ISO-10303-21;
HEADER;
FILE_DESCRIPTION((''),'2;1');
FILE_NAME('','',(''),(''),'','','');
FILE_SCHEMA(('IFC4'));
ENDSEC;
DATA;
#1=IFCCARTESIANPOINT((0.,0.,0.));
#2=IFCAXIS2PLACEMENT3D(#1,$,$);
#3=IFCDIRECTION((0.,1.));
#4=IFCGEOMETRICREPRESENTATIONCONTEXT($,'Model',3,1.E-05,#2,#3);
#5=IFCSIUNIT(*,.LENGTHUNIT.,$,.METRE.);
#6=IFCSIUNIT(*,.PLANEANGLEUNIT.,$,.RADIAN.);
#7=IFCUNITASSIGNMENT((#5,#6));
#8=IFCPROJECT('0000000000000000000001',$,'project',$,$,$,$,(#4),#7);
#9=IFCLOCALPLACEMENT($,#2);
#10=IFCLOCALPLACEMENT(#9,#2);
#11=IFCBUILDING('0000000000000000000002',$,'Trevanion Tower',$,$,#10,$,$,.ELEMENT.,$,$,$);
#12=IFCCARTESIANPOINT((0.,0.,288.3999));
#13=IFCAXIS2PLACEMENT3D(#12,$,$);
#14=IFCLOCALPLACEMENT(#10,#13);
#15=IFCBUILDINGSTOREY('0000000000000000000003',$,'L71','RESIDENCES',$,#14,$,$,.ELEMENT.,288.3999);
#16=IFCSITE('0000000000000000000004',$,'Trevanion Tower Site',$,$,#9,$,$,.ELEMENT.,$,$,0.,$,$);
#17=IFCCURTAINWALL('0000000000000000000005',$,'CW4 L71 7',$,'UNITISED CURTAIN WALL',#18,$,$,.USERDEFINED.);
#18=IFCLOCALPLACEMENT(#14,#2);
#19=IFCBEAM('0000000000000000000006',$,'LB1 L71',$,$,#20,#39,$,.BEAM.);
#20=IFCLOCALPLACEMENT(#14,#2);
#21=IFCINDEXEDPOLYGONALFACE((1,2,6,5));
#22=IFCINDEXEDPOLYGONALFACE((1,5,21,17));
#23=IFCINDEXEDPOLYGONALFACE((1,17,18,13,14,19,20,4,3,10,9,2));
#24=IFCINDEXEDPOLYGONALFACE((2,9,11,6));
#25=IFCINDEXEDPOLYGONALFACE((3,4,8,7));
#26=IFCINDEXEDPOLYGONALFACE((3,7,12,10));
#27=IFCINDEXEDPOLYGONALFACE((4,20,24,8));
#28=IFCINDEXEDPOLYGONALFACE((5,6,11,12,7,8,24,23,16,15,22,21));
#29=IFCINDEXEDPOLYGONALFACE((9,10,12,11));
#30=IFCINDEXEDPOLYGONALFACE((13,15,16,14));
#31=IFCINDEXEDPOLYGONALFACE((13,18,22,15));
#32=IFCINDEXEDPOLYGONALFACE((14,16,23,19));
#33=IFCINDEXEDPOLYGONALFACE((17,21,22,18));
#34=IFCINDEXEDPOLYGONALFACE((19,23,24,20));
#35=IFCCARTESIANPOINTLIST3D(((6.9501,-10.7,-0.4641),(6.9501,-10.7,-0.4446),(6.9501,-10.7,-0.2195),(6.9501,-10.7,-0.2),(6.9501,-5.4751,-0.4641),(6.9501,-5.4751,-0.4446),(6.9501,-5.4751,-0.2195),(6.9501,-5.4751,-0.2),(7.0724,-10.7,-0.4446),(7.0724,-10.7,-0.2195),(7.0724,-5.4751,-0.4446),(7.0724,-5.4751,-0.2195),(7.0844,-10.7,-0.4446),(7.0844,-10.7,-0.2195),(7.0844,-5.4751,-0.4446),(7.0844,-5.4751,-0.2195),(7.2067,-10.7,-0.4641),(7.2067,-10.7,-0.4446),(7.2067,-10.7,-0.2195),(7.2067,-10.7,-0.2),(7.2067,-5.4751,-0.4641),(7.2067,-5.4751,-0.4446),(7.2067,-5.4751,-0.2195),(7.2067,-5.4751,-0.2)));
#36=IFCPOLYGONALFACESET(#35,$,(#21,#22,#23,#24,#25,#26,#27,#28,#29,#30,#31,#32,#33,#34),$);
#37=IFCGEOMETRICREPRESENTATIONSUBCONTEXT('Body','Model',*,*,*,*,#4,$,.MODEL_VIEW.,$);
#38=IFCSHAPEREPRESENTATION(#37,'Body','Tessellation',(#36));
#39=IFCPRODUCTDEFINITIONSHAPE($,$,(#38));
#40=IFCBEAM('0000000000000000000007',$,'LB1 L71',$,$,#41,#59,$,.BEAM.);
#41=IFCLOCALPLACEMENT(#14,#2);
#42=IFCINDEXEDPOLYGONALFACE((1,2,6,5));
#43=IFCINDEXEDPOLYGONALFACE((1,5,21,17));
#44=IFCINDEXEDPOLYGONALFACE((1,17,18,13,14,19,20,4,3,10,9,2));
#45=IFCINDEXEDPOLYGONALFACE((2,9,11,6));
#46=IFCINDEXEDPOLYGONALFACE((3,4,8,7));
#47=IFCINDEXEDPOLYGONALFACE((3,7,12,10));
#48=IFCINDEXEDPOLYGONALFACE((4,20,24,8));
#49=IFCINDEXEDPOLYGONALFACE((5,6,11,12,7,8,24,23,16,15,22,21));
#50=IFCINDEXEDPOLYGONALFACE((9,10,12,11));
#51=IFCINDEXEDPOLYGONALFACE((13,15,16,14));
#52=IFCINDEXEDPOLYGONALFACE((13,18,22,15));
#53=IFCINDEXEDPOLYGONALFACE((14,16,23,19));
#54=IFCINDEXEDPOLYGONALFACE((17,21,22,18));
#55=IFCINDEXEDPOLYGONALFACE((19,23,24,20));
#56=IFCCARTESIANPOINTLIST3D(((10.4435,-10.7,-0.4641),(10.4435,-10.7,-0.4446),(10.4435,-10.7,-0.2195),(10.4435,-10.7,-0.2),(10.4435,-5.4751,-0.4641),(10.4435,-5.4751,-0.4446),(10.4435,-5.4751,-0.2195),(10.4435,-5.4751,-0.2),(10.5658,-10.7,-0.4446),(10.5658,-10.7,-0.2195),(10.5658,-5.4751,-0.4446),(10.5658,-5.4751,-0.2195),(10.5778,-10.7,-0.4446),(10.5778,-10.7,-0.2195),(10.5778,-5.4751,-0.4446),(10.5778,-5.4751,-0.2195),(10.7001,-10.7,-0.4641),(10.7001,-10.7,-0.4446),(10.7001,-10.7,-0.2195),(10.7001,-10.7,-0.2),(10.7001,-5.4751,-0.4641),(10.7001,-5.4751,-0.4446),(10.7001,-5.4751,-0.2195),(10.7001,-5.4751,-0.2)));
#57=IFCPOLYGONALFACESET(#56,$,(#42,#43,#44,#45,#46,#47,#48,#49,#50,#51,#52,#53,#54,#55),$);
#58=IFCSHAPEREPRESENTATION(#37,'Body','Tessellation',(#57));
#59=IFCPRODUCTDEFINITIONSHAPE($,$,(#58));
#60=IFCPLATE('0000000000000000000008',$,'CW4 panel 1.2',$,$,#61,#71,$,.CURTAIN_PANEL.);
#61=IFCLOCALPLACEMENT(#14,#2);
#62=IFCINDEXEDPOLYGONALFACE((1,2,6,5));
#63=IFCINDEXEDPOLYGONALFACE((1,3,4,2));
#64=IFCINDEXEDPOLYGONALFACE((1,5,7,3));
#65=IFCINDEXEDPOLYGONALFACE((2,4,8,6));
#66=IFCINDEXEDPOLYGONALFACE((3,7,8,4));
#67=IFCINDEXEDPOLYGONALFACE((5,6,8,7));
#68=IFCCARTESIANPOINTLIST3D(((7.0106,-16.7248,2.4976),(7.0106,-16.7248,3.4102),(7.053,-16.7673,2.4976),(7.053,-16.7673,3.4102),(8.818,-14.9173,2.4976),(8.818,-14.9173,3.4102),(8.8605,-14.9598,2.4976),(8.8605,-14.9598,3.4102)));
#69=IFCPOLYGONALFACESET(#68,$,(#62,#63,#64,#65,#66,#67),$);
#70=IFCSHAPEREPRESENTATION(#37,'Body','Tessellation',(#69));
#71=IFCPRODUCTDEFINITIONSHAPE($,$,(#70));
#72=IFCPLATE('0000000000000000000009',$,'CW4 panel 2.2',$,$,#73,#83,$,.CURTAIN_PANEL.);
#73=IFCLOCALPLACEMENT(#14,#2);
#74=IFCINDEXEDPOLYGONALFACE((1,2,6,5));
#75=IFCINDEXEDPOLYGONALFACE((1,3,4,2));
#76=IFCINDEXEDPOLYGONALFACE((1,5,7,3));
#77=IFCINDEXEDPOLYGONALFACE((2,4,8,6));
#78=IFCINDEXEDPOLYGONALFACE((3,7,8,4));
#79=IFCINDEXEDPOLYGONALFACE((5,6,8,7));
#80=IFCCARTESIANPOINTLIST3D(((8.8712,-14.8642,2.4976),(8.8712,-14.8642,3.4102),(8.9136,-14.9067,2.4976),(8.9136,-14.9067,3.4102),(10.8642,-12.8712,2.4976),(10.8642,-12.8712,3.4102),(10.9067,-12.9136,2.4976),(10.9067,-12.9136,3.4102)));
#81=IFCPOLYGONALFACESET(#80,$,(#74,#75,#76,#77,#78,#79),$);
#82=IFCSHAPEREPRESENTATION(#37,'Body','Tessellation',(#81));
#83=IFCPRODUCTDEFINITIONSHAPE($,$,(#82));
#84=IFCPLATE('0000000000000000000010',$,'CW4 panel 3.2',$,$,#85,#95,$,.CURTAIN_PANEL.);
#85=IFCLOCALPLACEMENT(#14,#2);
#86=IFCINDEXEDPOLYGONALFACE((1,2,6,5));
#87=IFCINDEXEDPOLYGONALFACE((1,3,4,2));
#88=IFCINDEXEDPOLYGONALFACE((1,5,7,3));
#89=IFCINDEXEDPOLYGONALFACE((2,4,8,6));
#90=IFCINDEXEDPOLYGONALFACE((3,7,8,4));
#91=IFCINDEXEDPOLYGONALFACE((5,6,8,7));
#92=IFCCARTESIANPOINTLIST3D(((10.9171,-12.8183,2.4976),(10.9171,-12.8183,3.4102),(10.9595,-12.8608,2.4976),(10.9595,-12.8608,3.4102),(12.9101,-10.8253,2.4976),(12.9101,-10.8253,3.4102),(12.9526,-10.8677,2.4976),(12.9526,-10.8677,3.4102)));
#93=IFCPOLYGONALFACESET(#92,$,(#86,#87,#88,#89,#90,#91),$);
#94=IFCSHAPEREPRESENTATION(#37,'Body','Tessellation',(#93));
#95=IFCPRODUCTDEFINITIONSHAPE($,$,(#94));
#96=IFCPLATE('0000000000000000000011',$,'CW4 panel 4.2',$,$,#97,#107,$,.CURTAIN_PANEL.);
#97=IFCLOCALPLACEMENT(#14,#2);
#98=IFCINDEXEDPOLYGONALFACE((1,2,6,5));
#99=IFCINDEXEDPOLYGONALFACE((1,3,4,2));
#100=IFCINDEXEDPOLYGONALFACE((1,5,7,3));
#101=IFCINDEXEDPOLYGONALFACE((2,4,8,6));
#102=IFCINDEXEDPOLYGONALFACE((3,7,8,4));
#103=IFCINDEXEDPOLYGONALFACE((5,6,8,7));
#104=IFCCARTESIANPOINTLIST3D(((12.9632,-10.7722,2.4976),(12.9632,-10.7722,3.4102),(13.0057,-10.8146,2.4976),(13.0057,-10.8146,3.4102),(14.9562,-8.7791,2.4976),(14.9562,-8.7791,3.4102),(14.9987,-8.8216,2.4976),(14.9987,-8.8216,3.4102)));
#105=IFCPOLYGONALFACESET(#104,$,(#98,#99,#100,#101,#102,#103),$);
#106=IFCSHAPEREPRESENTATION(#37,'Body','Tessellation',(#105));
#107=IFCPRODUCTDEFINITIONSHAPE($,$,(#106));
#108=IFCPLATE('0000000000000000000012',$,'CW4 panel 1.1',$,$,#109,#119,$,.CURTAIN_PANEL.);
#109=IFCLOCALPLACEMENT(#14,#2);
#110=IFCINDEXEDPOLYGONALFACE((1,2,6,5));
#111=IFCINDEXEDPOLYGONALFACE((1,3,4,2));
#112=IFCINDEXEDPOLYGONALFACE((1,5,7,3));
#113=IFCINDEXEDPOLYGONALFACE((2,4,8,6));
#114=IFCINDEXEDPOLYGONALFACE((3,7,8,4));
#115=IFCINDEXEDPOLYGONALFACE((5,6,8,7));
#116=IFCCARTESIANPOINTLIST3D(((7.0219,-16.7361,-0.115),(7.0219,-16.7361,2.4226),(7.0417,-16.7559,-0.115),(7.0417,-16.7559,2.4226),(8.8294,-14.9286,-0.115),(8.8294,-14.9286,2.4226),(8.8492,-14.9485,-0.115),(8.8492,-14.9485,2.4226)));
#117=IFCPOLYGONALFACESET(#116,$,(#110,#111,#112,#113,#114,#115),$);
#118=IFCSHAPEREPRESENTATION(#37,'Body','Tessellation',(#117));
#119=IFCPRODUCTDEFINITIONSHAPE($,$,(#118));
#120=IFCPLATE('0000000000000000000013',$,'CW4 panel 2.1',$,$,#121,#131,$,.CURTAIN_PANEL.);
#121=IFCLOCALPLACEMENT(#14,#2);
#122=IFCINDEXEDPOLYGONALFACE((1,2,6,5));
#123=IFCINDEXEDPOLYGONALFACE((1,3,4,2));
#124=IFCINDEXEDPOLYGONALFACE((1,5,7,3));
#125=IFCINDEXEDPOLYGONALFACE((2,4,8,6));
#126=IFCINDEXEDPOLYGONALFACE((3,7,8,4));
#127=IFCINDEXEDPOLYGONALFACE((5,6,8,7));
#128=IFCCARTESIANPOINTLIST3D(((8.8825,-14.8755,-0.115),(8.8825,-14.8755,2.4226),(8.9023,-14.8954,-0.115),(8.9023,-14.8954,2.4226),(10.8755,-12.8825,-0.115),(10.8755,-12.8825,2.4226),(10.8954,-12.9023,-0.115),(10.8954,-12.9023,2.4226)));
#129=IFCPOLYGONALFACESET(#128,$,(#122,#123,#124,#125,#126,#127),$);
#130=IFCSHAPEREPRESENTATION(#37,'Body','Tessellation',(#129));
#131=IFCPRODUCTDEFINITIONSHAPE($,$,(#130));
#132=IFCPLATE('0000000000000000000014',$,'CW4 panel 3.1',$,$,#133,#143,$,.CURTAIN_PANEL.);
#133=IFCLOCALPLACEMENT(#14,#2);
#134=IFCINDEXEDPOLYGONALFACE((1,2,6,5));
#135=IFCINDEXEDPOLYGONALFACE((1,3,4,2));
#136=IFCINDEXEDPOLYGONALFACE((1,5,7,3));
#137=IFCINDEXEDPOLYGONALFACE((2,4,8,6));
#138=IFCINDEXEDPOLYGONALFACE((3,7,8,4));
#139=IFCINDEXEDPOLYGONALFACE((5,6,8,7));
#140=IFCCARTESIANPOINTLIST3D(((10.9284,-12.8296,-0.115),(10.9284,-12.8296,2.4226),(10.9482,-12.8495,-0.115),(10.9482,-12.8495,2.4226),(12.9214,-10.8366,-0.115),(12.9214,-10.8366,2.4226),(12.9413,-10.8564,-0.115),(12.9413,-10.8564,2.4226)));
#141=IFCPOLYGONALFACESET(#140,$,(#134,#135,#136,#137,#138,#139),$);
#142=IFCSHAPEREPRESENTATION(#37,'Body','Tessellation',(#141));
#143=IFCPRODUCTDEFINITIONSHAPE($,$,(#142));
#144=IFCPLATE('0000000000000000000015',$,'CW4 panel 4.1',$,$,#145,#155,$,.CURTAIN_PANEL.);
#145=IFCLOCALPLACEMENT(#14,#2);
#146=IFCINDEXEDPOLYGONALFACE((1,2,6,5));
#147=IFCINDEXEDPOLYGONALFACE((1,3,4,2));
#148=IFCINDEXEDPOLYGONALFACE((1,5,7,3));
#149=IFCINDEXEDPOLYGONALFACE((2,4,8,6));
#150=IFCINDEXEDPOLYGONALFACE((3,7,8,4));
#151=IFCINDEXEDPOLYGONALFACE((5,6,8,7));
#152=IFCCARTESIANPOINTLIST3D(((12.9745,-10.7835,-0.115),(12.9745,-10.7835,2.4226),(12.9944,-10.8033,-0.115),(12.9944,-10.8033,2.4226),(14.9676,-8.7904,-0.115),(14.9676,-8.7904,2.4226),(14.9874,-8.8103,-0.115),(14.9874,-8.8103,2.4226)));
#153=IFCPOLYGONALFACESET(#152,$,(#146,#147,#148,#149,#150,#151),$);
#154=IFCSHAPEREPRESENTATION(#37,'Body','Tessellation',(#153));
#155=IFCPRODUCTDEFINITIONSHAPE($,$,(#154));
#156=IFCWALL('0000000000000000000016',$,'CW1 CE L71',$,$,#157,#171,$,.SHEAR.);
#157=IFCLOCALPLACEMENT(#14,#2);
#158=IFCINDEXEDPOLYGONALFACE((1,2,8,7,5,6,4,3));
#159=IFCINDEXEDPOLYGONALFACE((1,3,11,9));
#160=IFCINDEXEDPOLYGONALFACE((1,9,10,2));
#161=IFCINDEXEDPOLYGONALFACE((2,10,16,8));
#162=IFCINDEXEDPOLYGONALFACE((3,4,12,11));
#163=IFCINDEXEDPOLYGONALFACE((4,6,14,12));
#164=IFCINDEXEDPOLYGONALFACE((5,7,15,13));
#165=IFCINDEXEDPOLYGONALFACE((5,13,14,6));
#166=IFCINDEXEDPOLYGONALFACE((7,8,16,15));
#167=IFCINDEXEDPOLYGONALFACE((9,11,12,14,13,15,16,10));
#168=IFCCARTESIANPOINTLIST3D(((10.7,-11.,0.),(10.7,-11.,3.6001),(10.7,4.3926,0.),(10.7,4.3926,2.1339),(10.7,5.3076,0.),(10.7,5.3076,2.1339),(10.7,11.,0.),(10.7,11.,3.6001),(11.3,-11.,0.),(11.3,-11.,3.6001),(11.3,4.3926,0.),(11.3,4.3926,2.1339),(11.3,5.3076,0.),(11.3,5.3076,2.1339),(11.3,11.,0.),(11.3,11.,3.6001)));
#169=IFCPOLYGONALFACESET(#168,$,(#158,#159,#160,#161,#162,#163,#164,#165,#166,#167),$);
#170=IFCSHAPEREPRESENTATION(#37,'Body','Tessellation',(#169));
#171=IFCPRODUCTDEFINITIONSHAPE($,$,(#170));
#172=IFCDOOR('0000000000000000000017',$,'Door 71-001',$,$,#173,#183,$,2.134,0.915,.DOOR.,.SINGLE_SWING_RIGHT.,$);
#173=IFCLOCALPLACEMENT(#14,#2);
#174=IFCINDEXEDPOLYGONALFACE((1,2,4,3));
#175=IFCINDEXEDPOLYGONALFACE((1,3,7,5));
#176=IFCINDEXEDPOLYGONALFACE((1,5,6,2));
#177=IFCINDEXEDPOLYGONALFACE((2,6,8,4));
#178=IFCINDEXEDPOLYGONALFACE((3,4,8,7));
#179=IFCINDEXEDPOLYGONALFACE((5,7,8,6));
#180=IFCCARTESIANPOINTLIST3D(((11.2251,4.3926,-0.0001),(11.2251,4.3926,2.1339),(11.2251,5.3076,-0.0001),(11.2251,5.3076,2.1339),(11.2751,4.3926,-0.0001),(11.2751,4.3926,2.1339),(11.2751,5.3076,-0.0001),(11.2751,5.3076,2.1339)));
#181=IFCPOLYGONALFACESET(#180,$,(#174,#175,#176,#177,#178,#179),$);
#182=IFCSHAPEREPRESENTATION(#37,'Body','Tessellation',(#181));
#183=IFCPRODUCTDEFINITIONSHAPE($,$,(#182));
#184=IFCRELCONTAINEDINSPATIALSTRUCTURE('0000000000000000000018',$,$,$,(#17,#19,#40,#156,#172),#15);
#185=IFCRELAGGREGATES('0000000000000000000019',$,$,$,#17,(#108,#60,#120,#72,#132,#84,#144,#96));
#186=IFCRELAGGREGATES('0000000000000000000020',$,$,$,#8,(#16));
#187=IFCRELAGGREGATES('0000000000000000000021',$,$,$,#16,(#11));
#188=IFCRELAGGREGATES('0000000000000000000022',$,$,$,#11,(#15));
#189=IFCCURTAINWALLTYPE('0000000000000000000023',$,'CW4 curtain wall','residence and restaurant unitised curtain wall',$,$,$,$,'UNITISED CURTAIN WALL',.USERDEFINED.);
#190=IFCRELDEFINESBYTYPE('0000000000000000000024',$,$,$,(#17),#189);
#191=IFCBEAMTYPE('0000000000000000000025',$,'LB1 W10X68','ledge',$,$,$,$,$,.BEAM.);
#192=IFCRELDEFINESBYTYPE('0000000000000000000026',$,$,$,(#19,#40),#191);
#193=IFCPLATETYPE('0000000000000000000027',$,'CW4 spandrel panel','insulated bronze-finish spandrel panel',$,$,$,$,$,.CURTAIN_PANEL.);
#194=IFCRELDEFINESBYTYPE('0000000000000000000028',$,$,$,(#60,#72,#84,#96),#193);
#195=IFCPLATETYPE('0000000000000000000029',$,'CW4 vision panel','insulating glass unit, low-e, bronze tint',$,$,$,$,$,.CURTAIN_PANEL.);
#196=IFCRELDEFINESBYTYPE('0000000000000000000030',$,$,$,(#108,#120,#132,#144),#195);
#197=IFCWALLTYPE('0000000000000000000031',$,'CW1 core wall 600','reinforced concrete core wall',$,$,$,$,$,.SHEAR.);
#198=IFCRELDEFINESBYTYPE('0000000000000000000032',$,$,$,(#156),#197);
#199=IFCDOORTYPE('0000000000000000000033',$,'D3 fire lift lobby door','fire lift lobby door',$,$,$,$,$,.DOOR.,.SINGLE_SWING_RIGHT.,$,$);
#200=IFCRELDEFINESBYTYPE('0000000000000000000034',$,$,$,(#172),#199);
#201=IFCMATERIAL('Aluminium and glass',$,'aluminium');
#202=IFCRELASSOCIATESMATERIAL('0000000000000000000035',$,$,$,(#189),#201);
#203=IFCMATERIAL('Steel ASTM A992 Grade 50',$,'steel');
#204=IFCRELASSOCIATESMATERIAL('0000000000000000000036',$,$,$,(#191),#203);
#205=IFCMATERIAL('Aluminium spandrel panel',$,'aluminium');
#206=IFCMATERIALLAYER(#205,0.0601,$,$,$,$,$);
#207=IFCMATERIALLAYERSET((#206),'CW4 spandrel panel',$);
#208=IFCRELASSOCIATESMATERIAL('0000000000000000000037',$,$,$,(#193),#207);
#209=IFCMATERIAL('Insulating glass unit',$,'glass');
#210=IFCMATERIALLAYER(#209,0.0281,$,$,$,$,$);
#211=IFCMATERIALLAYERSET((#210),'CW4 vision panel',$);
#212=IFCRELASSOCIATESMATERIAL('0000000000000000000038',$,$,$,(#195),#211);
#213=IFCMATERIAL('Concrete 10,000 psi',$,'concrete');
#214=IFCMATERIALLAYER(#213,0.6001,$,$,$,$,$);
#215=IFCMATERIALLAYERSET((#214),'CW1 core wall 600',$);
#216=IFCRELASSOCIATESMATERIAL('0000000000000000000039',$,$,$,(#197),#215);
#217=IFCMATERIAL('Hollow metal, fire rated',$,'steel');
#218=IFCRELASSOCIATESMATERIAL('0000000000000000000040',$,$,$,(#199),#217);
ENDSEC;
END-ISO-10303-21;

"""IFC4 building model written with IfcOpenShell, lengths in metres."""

from ifc_helpers import new_model, si_unit, direction, frame, frame_2d, origin, origin_2d, place, context, subcontext, project, spatial, rectangle, i_section, extrude, material, layer, layer_set, material_profile, profile_set, type_object, element, fill, aggregate, save


model = new_model("IFC4")

# Units and contexts
model_context = context("Model", 3, precision=1e-05, world=origin(), true_north=direction((0.0, 1.0)))
body_context = subcontext(model_context, "Body", "Model", "MODEL_VIEW")
ifc_project = project(units=[si_unit("LENGTHUNIT", "METRE"), si_unit("PLANEANGLEUNIT", "RADIAN")], contexts=[model_context])

# Site, building, storey
site_placement = place(None, origin())
site = spatial("IfcSite", under=ifc_project, at=site_placement, Name="Trevanion Tower Site", CompositionType="ELEMENT", RefElevation=0.0)
building_placement = place(site_placement, origin())
building = spatial("IfcBuilding", under=site, at=building_placement, Name="Trevanion Tower", CompositionType="ELEMENT")
storey_placement = place(building_placement, frame((0.0, 0.0, 288.3999)))
storey = spatial("IfcBuildingStorey", under=building, at=storey_placement, Name="L71", Description="RESIDENCES", CompositionType="ELEMENT", Elevation=288.3999)

# Curtain wall
ifc_material_1 = material(Name="Aluminium and glass", Category="aluminium")
curtain_wall_type = type_object("IfcCurtainWallType", Name="CW4 curtain wall", Description="residence and restaurant unitised curtain wall", ElementType="UNITISED CURTAIN WALL", PredefinedType="USERDEFINED", material=ifc_material_1)
curtain_wall_placement = place(storey_placement, origin())
curtain_wall = element("IfcCurtainWall", 1, at=curtain_wall_placement, inside=storey, type_object=curtain_wall_type, Name="CW4 L71 7", ObjectType="UNITISED CURTAIN WALL", PredefinedType="USERDEFINED")

# Beams
ifc_material_2 = material(Name="Steel ASTM A992 Grade 50", Category="steel")
ifc_material_profile_1 = material_profile(ifc_material_2, i_section(OverallWidth=0.2566, OverallDepth=0.2642, WebThickness=0.012, FlangeThickness=0.0195, at=origin_2d()), Name="W10X68")
ifc_profile_set_1 = profile_set([ifc_material_profile_1], Name="Steel ASTM A992 Grade 50")
beam_type = type_object("IfcBeamType", Name="LB1 W10X68", Description="ledge", PredefinedType="BEAM", material=ifc_profile_set_1)
for number, where, z_axis, x_axis, name in (
    (2, (7.0784, -10.7, -0.332), (0.0, 1.0, 0.0), (-1.0, 0.0, 0.0), "LB1 L71"),
    (3, (10.5718, -10.7, -0.332), (0.0, 1.0, 0.0), (-1.0, 0.0, 0.0), "LB1 L71"),
):
    element("IfcBeam", number, at=place(storey_placement, frame(where, z_axis=z_axis, x_axis=x_axis)), inside=storey, type_object=beam_type, Name=name, PredefinedType="BEAM", context=body_context, shape_type="SweptSolid", body=[
        extrude(i_section(OverallWidth=0.2566, OverallDepth=0.2642, WebThickness=0.012, FlangeThickness=0.0195, at=origin_2d()), origin(), (0.0, 0.0, 1.0), 5.2249),
    ])

# Plates
ifc_material_3 = material(Name="Aluminium spandrel panel", Category="aluminium")
ifc_layer_1 = layer(ifc_material_3, 0.0601)
ifc_layer_set_1 = layer_set([ifc_layer_1], Name="CW4 spandrel panel")
plate_type_1 = type_object("IfcPlateType", Name="CW4 spandrel panel", Description="insulated bronze-finish spandrel panel", PredefinedType="CURTAIN_PANEL", material=ifc_layer_set_1)
plate_1_placement = place(storey_placement, frame((7.9355, -15.8423, 2.4976), z_axis=(0.0, 0.0, 1.0), x_axis=(0.707107, 0.707107, 0.0)))
plate_1 = element("IfcPlate", 4, at=plate_1_placement, type_object=plate_type_1, Name="CW4 panel 1.2", PredefinedType="CURTAIN_PANEL", context=body_context, shape_type="SweptSolid", body=[
    extrude(rectangle(XDim=2.5562, YDim=0.0601, at=origin_2d()), origin(), (0.0, 0.0, 1.0), 0.9126),
])
plate_2_placement = place(storey_placement, frame((9.8889, -13.8889, 2.4976), z_axis=(0.0, 0.0, 1.0), x_axis=(0.707107, 0.707107, 0.0)))
plate_2 = element("IfcPlate", 5, at=plate_2_placement, type_object=plate_type_1, Name="CW4 panel 2.2", PredefinedType="CURTAIN_PANEL", context=body_context, shape_type="SweptSolid", body=[
    extrude(rectangle(XDim=2.8186, YDim=0.0601, at=origin_2d()), origin(), (0.0, 0.0, 1.0), 0.9126),
])
plate_3_placement = place(storey_placement, frame((11.9348, -11.843, 2.4976), z_axis=(0.0, 0.0, 1.0), x_axis=(0.707107, 0.707107, 0.0)))
plate_3 = element("IfcPlate", 6, at=plate_3_placement, type_object=plate_type_1, Name="CW4 panel 3.2", PredefinedType="CURTAIN_PANEL", context=body_context, shape_type="SweptSolid", body=[
    extrude(rectangle(XDim=2.8186, YDim=0.0601, at=origin_2d()), origin(), (0.0, 0.0, 1.0), 0.9126),
])
plate_4_placement = place(storey_placement, frame((13.981, -9.7969, 2.4976), z_axis=(0.0, 0.0, 1.0), x_axis=(0.707107, 0.707107, 0.0)))
plate_4 = element("IfcPlate", 7, at=plate_4_placement, type_object=plate_type_1, Name="CW4 panel 4.2", PredefinedType="CURTAIN_PANEL", context=body_context, shape_type="SweptSolid", body=[
    extrude(rectangle(XDim=2.8186, YDim=0.0601, at=origin_2d()), origin(), (0.0, 0.0, 1.0), 0.9126),
])
ifc_material_4 = material(Name="Insulating glass unit", Category="glass")
ifc_layer_2 = layer(ifc_material_4, 0.0281)
ifc_layer_set_2 = layer_set([ifc_layer_2], Name="CW4 vision panel")
plate_type_2 = type_object("IfcPlateType", Name="CW4 vision panel", Description="insulating glass unit, low-e, bronze tint", PredefinedType="CURTAIN_PANEL", material=ifc_layer_set_2)
plate_5_placement = place(storey_placement, frame((7.9355, -15.8423, -0.115), z_axis=(0.0, 0.0, 1.0), x_axis=(0.707107, 0.707107, 0.0)))
plate_5 = element("IfcPlate", 8, at=plate_5_placement, type_object=plate_type_2, Name="CW4 panel 1.1", PredefinedType="CURTAIN_PANEL", context=body_context, shape_type="SweptSolid", body=[
    extrude(rectangle(XDim=2.5562, YDim=0.0281, at=origin_2d()), origin(), (0.0, 0.0, 1.0), 2.5376),
])
plate_6_placement = place(storey_placement, frame((9.8889, -13.8889, -0.115), z_axis=(0.0, 0.0, 1.0), x_axis=(0.707107, 0.707107, 0.0)))
plate_6 = element("IfcPlate", 9, at=plate_6_placement, type_object=plate_type_2, Name="CW4 panel 2.1", PredefinedType="CURTAIN_PANEL", context=body_context, shape_type="SweptSolid", body=[
    extrude(rectangle(XDim=2.8186, YDim=0.0281, at=origin_2d()), origin(), (0.0, 0.0, 1.0), 2.5376),
])
plate_7_placement = place(storey_placement, frame((11.9348, -11.843, -0.115), z_axis=(0.0, 0.0, 1.0), x_axis=(0.707107, 0.707107, 0.0)))
plate_7 = element("IfcPlate", 10, at=plate_7_placement, type_object=plate_type_2, Name="CW4 panel 3.1", PredefinedType="CURTAIN_PANEL", context=body_context, shape_type="SweptSolid", body=[
    extrude(rectangle(XDim=2.8186, YDim=0.0281, at=origin_2d()), origin(), (0.0, 0.0, 1.0), 2.5376),
])
plate_8_placement = place(storey_placement, frame((13.981, -9.7969, -0.115), z_axis=(0.0, 0.0, 1.0), x_axis=(0.707107, 0.707107, 0.0)))
plate_8 = element("IfcPlate", 11, at=plate_8_placement, type_object=plate_type_2, Name="CW4 panel 4.1", PredefinedType="CURTAIN_PANEL", context=body_context, shape_type="SweptSolid", body=[
    extrude(rectangle(XDim=2.8186, YDim=0.0281, at=origin_2d()), origin(), (0.0, 0.0, 1.0), 2.5376),
])
aggregate(curtain_wall, [plate_5, plate_1, plate_6, plate_2, plate_7, plate_3, plate_8, plate_4])

# Wall, opening, door
ifc_material_5 = material(Name="Concrete 10,000 psi", Category="concrete")
ifc_layer_3 = layer(ifc_material_5, 0.6001)
ifc_layer_set_3 = layer_set([ifc_layer_3], Name="CW1 core wall 600")
wall_type_1 = type_object("IfcWallType", Name="CW1 core wall 600", Description="reinforced concrete core wall", PredefinedType="SHEAR", material=ifc_layer_set_3)
wall_1_placement = place(storey_placement, frame((11.0, -11.0, 0.0), z_axis=(0.0, 0.0, 1.0), x_axis=(0.0, 1.0, 0.0)))
wall_1 = element("IfcWall", 12, at=wall_1_placement, inside=storey, type_object=wall_type_1, Name="CW1 CE L71", PredefinedType="SHEAR", context=body_context, shape_type="SweptSolid", body=[
    extrude(rectangle(XDim=22.0, YDim=0.6001, at=frame_2d((11.0, 0.0))), origin(), (0.0, 0.0, 1.0), 3.6001),
])
opening_placement = place(wall_1_placement, frame((15.3926, 0.0, 0.0)))
opening = element("IfcOpeningElement", 13, at=opening_placement, cuts=wall_1, PredefinedType="OPENING", context=body_context, shape_type="SweptSolid", body=[
    extrude(rectangle(XDim=0.915, YDim=2.134, at=frame_2d((0.4575, 1.0669))), frame((0.0, 0.3101, 0.0), z_axis=(0.0, -1.0, 0.0), x_axis=(1.0, 0.0, 0.0)), (0.0, 0.0, 1.0), 0.6201),
])
ifc_material_6 = material(Name="Hollow metal, fire rated", Category="steel")
door_type = type_object("IfcDoorType", Name="D3 fire lift lobby door", Description="fire lift lobby door", OperationType="SINGLE_SWING_RIGHT", PredefinedType="DOOR", material=ifc_material_6)
door_placement = place(opening_placement, origin())
door = element("IfcDoor", 14, at=door_placement, inside=storey, type_object=door_type, Name="Door 71-001", OperationType="SINGLE_SWING_RIGHT", OverallHeight=2.134, OverallWidth=0.915, PredefinedType="DOOR", context=body_context, shape_type="SweptSolid", body=[
    extrude(rectangle(XDim=0.915, YDim=2.134, at=frame_2d((0.4575, 1.0669))), frame((0.0, -0.2251, 0.0), z_axis=(0.0, -1.0, 0.0), x_axis=(1.0, 0.0, 0.0)), (0.0, 0.0, 1.0), 0.05),
])
fill(opening, door)

save(model, "model.ifc")
